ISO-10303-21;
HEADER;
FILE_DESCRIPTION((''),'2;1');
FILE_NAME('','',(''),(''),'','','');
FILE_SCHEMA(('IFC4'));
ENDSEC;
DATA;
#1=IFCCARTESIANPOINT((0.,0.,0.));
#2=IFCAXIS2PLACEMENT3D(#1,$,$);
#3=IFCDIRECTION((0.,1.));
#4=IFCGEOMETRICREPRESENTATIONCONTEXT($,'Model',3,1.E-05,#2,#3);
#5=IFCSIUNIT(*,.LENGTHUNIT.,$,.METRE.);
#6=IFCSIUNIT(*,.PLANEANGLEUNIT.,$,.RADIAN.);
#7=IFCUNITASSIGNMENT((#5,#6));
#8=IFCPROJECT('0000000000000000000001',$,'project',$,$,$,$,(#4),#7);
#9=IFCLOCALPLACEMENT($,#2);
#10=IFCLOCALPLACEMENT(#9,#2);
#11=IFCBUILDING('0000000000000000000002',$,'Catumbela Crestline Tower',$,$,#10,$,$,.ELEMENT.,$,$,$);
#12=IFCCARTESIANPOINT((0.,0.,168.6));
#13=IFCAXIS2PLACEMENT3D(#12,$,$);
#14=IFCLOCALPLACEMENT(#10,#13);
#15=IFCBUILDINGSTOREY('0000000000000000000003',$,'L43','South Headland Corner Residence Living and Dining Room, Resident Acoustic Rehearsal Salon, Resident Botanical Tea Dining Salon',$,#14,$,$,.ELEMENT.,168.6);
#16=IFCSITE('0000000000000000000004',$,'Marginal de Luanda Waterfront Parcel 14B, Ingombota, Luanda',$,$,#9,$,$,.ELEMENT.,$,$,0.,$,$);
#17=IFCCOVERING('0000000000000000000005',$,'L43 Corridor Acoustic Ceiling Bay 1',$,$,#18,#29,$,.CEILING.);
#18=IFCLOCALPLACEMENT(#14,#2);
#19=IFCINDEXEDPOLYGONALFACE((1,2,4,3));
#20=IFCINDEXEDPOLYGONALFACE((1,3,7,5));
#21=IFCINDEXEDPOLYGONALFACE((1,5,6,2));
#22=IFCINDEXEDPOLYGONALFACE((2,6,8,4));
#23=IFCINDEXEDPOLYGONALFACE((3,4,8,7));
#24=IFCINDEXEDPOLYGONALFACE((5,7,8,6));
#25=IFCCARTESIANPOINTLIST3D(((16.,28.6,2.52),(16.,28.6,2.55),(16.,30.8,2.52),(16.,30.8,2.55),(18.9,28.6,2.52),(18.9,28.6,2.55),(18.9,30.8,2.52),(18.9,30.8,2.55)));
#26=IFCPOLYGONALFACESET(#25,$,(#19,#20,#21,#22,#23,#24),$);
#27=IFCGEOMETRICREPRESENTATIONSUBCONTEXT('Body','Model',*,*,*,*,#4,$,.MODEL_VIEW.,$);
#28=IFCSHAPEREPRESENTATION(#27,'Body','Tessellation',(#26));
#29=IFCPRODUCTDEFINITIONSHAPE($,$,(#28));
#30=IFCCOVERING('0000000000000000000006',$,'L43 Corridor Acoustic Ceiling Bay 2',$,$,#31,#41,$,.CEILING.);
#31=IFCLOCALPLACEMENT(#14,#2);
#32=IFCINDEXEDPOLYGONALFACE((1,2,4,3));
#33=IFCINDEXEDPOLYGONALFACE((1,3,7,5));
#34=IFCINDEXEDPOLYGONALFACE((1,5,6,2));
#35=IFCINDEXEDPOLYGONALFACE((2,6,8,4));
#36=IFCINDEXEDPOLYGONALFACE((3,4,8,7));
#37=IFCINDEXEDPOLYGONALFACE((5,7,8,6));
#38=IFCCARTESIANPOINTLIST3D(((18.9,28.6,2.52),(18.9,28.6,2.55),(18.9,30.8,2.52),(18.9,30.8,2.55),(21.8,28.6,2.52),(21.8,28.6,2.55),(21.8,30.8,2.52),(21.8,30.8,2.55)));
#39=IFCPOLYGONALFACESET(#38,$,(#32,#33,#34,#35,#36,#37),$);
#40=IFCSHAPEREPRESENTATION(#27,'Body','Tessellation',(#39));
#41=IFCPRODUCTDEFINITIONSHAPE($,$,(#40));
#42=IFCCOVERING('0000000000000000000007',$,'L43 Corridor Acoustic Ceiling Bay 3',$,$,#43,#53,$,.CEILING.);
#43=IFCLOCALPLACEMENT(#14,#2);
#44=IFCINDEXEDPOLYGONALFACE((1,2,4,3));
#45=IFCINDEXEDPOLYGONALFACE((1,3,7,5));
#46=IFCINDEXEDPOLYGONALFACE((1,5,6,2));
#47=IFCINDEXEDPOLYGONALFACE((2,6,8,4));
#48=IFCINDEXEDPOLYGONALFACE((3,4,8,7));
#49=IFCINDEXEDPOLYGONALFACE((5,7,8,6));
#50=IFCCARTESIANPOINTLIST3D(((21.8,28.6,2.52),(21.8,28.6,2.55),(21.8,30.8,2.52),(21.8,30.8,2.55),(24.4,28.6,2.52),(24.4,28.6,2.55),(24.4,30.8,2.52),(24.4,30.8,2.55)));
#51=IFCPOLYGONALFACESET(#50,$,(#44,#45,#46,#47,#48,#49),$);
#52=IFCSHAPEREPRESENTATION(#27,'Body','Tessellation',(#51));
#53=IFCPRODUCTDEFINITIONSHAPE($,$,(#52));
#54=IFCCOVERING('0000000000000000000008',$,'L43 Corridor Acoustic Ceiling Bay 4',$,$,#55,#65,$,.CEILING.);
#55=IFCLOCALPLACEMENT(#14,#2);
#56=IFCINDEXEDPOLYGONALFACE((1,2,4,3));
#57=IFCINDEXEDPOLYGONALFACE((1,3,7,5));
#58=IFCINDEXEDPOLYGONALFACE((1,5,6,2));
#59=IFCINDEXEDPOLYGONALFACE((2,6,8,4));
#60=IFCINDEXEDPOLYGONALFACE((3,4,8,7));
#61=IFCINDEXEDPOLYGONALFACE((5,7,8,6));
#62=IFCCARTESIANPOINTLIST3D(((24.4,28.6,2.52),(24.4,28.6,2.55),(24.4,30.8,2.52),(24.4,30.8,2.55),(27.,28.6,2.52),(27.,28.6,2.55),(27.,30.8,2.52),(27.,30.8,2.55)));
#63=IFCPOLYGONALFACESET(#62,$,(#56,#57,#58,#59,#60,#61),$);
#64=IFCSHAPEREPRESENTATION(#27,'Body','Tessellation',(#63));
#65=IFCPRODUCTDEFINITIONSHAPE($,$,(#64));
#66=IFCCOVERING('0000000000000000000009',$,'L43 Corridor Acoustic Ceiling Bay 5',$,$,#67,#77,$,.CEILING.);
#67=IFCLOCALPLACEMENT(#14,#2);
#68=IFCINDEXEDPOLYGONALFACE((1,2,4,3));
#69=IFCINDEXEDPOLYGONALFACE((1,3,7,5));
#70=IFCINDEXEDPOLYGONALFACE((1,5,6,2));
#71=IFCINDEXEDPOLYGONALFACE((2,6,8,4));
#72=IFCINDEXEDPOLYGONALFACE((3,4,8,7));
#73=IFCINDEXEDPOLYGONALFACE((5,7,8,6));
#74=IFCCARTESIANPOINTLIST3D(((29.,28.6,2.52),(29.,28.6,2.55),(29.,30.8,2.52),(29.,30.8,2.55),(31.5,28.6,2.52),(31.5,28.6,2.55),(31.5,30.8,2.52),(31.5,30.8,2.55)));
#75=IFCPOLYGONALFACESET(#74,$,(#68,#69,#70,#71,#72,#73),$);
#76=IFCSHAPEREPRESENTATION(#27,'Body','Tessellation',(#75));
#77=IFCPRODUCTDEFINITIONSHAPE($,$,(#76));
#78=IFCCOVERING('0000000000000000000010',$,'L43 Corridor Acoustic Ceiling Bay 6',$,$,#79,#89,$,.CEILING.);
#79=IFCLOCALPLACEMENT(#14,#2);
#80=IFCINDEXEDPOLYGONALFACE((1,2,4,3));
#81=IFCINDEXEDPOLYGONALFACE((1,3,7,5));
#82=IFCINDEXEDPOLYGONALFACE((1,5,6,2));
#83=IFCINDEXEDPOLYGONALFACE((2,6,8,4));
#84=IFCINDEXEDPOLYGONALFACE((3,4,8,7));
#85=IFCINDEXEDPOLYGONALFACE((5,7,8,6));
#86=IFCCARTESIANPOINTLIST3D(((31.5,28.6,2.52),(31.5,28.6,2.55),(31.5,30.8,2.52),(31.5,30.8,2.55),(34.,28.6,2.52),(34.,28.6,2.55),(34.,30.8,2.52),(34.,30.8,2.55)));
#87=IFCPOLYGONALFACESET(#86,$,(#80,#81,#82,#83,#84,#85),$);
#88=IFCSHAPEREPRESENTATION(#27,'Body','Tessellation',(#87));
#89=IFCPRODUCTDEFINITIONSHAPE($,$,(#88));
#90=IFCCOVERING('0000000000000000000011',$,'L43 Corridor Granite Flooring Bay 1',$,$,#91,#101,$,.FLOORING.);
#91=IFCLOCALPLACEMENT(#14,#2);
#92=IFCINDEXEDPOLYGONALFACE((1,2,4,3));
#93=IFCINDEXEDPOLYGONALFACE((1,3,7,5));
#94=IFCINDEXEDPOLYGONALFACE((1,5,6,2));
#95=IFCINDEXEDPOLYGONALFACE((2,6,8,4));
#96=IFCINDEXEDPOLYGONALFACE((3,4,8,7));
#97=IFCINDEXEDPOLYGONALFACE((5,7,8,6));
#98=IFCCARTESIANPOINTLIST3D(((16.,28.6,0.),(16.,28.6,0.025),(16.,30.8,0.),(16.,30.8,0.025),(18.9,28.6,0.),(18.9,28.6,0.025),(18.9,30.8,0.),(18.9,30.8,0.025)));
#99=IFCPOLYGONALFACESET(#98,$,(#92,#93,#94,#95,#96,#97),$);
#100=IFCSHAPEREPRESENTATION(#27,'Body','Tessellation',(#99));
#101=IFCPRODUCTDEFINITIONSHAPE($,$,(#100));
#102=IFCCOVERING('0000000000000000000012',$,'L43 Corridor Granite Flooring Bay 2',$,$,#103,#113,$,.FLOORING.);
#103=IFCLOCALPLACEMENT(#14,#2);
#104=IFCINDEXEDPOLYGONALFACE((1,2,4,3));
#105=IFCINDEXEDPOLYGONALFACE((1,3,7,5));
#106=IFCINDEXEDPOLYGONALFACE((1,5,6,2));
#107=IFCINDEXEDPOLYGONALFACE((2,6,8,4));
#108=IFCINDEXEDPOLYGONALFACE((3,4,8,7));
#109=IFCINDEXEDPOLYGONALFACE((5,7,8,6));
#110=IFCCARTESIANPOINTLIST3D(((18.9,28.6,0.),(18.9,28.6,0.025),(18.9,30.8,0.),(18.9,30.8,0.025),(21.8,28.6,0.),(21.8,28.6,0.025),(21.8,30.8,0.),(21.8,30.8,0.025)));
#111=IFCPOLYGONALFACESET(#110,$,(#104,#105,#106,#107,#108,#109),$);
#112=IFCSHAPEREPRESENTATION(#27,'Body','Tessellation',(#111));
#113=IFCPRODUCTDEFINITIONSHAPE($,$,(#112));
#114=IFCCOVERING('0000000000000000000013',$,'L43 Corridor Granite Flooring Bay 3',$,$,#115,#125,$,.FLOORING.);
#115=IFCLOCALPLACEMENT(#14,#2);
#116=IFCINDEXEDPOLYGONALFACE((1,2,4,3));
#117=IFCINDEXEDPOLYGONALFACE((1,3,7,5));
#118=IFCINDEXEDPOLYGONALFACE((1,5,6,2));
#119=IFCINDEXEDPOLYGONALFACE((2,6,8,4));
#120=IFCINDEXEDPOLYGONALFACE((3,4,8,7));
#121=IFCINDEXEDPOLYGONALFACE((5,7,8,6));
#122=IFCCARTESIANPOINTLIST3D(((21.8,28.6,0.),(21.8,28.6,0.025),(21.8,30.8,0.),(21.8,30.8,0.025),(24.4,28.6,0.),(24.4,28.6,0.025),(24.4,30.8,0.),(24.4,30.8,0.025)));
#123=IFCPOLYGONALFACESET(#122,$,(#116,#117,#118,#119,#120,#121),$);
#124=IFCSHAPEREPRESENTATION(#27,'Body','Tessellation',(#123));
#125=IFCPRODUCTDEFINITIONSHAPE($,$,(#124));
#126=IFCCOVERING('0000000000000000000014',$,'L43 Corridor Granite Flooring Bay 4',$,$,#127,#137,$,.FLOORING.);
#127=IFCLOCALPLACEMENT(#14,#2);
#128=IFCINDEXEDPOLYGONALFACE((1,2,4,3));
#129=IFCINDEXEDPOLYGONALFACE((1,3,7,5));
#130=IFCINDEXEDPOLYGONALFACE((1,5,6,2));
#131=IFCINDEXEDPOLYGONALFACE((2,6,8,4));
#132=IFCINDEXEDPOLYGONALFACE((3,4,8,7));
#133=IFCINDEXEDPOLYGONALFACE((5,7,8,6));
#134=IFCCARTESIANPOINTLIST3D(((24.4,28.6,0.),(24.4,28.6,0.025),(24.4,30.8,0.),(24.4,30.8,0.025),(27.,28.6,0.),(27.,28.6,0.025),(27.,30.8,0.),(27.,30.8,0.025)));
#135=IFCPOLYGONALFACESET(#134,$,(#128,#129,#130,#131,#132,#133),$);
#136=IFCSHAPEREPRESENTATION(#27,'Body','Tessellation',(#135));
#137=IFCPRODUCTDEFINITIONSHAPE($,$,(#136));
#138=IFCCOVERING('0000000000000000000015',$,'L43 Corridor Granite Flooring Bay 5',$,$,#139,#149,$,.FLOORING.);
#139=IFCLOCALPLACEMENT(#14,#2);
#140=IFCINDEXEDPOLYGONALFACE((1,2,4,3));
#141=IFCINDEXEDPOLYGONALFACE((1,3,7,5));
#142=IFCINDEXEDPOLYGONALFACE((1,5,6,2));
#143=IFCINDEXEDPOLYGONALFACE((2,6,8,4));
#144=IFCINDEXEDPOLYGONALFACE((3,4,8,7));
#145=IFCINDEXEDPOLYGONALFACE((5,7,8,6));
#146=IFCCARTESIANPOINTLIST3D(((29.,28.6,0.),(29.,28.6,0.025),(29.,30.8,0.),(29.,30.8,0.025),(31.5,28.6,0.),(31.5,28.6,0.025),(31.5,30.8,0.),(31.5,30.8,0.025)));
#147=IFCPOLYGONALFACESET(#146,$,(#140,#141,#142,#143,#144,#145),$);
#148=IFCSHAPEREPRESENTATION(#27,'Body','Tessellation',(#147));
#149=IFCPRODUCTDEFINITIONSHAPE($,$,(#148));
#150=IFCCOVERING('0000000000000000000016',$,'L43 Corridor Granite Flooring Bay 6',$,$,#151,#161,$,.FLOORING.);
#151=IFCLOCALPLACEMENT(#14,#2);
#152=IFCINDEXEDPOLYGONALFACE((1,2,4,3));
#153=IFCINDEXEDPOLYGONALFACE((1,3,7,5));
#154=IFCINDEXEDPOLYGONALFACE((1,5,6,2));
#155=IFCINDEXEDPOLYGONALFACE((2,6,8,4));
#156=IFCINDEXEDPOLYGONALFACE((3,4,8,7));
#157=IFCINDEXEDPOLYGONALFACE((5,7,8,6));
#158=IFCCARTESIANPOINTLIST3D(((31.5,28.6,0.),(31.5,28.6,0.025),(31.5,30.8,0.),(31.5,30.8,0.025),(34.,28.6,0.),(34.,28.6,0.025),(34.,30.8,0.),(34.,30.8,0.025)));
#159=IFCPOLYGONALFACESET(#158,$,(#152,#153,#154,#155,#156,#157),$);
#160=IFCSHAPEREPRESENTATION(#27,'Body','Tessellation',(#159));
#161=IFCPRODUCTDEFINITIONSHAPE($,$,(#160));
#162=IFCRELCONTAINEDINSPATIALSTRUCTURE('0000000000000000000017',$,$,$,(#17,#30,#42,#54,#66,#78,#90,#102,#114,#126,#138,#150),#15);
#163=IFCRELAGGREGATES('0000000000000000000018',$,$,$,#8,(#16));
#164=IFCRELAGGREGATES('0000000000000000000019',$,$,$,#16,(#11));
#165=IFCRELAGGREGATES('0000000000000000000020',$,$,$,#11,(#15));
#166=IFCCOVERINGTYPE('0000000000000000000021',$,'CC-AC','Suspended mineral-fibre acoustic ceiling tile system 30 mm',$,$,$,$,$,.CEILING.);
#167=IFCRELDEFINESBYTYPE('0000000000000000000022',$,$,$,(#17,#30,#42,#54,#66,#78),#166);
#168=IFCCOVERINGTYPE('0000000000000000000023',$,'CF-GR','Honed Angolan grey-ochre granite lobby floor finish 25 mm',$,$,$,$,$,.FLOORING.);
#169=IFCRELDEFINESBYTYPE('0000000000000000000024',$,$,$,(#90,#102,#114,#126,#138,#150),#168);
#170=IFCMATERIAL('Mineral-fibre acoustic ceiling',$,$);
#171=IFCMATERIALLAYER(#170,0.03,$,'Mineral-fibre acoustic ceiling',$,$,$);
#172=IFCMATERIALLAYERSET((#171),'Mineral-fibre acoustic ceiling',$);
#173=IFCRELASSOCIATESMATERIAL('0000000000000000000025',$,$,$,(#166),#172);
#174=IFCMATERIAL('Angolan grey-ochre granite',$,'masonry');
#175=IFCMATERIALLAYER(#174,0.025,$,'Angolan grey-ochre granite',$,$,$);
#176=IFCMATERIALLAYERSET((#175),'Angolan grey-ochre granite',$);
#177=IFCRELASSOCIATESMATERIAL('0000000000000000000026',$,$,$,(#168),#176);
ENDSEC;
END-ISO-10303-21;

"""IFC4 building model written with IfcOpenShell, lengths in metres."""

from ifc_helpers import new_model, si_unit, direction, frame, origin, place, context, subcontext, project, spatial, polyline, outline, extrude, material, layer, layer_set, type_object, element, save


model = new_model("IFC4")

# Units and contexts
model_context = context("Model", 3, precision=1e-05, world=origin(), true_north=direction((0.0, 1.0)))
body_context = subcontext(model_context, "Body", "Model", "MODEL_VIEW")
ifc_project = project(units=[si_unit("LENGTHUNIT", "METRE"), si_unit("PLANEANGLEUNIT", "RADIAN")], contexts=[model_context])

# Site, building, storey
site_placement = place(None, origin())
site = spatial("IfcSite", under=ifc_project, at=site_placement, Name="Marginal de Luanda Waterfront Parcel 14B, Ingombota, Luanda", CompositionType="ELEMENT", RefElevation=0.0)
building_placement = place(site_placement, origin())
building = spatial("IfcBuilding", under=site, at=building_placement, Name="Catumbela Crestline Tower", CompositionType="ELEMENT")
storey_placement = place(building_placement, frame((0.0, 0.0, 168.6)))
storey = spatial("IfcBuildingStorey", under=building, at=storey_placement, Name="L43", Description="South Headland Corner Residence Living and Dining Room, Resident Acoustic Rehearsal Salon, Resident Botanical Tea Dining Salon", CompositionType="ELEMENT", Elevation=168.6)

# Coverings
ifc_material_1 = material(Name="Mineral-fibre acoustic ceiling")
ifc_layer_1 = layer(ifc_material_1, 0.03, Name="Mineral-fibre acoustic ceiling")
ifc_layer_set_1 = layer_set([ifc_layer_1], Name="Mineral-fibre acoustic ceiling")
covering_type_1 = type_object("IfcCoveringType", Name="CC-AC", Description="Suspended mineral-fibre acoustic ceiling tile system 30 mm", PredefinedType="CEILING", material=ifc_layer_set_1)
covering_1_placement = place(storey_placement, frame((0.0, 0.0, 2.52)))
element("IfcCovering", 1, at=covering_1_placement, inside=storey, type_object=covering_type_1, Name="L43 Corridor Acoustic Ceiling Bay 1", PredefinedType="CEILING", context=body_context, shape_type="SweptSolid", body=[
    extrude(outline(polyline([(16.0, 28.6), (18.9, 28.6), (18.9, 30.8), (16.0, 30.8), (16.0, 28.6)])), origin(), (0.0, 0.0, 1.0), 0.03),
])
covering_2_placement = place(storey_placement, frame((0.0, 0.0, 2.52)))
element("IfcCovering", 2, at=covering_2_placement, inside=storey, type_object=covering_type_1, Name="L43 Corridor Acoustic Ceiling Bay 2", PredefinedType="CEILING", context=body_context, shape_type="SweptSolid", body=[
    extrude(outline(polyline([(18.9, 28.6), (21.8, 28.6), (21.8, 30.8), (18.9, 30.8), (18.9, 28.6)])), origin(), (0.0, 0.0, 1.0), 0.03),
])
covering_3_placement = place(storey_placement, frame((0.0, 0.0, 2.52)))
element("IfcCovering", 3, at=covering_3_placement, inside=storey, type_object=covering_type_1, Name="L43 Corridor Acoustic Ceiling Bay 3", PredefinedType="CEILING", context=body_context, shape_type="SweptSolid", body=[
    extrude(outline(polyline([(21.8, 28.6), (24.4, 28.6), (24.4, 30.8), (21.8, 30.8), (21.8, 28.6)])), origin(), (0.0, 0.0, 1.0), 0.03),
])
covering_4_placement = place(storey_placement, frame((0.0, 0.0, 2.52)))
element("IfcCovering", 4, at=covering_4_placement, inside=storey, type_object=covering_type_1, Name="L43 Corridor Acoustic Ceiling Bay 4", PredefinedType="CEILING", context=body_context, shape_type="SweptSolid", body=[
    extrude(outline(polyline([(24.4, 28.6), (27.0, 28.6), (27.0, 30.8), (24.4, 30.8), (24.4, 28.6)])), origin(), (0.0, 0.0, 1.0), 0.03),
])
covering_5_placement = place(storey_placement, frame((0.0, 0.0, 2.52)))
element("IfcCovering", 5, at=covering_5_placement, inside=storey, type_object=covering_type_1, Name="L43 Corridor Acoustic Ceiling Bay 5", PredefinedType="CEILING", context=body_context, shape_type="SweptSolid", body=[
    extrude(outline(polyline([(29.0, 28.6), (31.5, 28.6), (31.5, 30.8), (29.0, 30.8), (29.0, 28.6)])), origin(), (0.0, 0.0, 1.0), 0.03),
])
covering_6_placement = place(storey_placement, frame((0.0, 0.0, 2.52)))
element("IfcCovering", 6, at=covering_6_placement, inside=storey, type_object=covering_type_1, Name="L43 Corridor Acoustic Ceiling Bay 6", PredefinedType="CEILING", context=body_context, shape_type="SweptSolid", body=[
    extrude(outline(polyline([(31.5, 28.6), (34.0, 28.6), (34.0, 30.8), (31.5, 30.8), (31.5, 28.6)])), origin(), (0.0, 0.0, 1.0), 0.03),
])
ifc_material_2 = material(Name="Angolan grey-ochre granite", Category="masonry")
ifc_layer_2 = layer(ifc_material_2, 0.025, Name="Angolan grey-ochre granite")
ifc_layer_set_2 = layer_set([ifc_layer_2], Name="Angolan grey-ochre granite")
covering_type_2 = type_object("IfcCoveringType", Name="CF-GR", Description="Honed Angolan grey-ochre granite lobby floor finish 25 mm", PredefinedType="FLOORING", material=ifc_layer_set_2)
covering_7_placement = place(storey_placement, origin())
element("IfcCovering", 7, at=covering_7_placement, inside=storey, type_object=covering_type_2, Name="L43 Corridor Granite Flooring Bay 1", PredefinedType="FLOORING", context=body_context, shape_type="SweptSolid", body=[
    extrude(outline(polyline([(16.0, 28.6), (18.9, 28.6), (18.9, 30.8), (16.0, 30.8), (16.0, 28.6)])), origin(), (0.0, 0.0, 1.0), 0.025),
])
covering_8_placement = place(storey_placement, origin())
element("IfcCovering", 8, at=covering_8_placement, inside=storey, type_object=covering_type_2, Name="L43 Corridor Granite Flooring Bay 2", PredefinedType="FLOORING", context=body_context, shape_type="SweptSolid", body=[
    extrude(outline(polyline([(18.9, 28.6), (21.8, 28.6), (21.8, 30.8), (18.9, 30.8), (18.9, 28.6)])), origin(), (0.0, 0.0, 1.0), 0.025),
])
covering_9_placement = place(storey_placement, origin())
element("IfcCovering", 9, at=covering_9_placement, inside=storey, type_object=covering_type_2, Name="L43 Corridor Granite Flooring Bay 3", PredefinedType="FLOORING", context=body_context, shape_type="SweptSolid", body=[
    extrude(outline(polyline([(21.8, 28.6), (24.4, 28.6), (24.4, 30.8), (21.8, 30.8), (21.8, 28.6)])), origin(), (0.0, 0.0, 1.0), 0.025),
])
covering_10_placement = place(storey_placement, origin())
element("IfcCovering", 10, at=covering_10_placement, inside=storey, type_object=covering_type_2, Name="L43 Corridor Granite Flooring Bay 4", PredefinedType="FLOORING", context=body_context, shape_type="SweptSolid", body=[
    extrude(outline(polyline([(24.4, 28.6), (27.0, 28.6), (27.0, 30.8), (24.4, 30.8), (24.4, 28.6)])), origin(), (0.0, 0.0, 1.0), 0.025),
])
covering_11_placement = place(storey_placement, origin())
element("IfcCovering", 11, at=covering_11_placement, inside=storey, type_object=covering_type_2, Name="L43 Corridor Granite Flooring Bay 5", PredefinedType="FLOORING", context=body_context, shape_type="SweptSolid", body=[
    extrude(outline(polyline([(29.0, 28.6), (31.5, 28.6), (31.5, 30.8), (29.0, 30.8), (29.0, 28.6)])), origin(), (0.0, 0.0, 1.0), 0.025),
])
covering_12_placement = place(storey_placement, origin())
element("IfcCovering", 12, at=covering_12_placement, inside=storey, type_object=covering_type_2, Name="L43 Corridor Granite Flooring Bay 6", PredefinedType="FLOORING", context=body_context, shape_type="SweptSolid", body=[
    extrude(outline(polyline([(31.5, 28.6), (34.0, 28.6), (34.0, 30.8), (31.5, 30.8), (31.5, 28.6)])), origin(), (0.0, 0.0, 1.0), 0.025),
])

save(model, "model.ifc")
